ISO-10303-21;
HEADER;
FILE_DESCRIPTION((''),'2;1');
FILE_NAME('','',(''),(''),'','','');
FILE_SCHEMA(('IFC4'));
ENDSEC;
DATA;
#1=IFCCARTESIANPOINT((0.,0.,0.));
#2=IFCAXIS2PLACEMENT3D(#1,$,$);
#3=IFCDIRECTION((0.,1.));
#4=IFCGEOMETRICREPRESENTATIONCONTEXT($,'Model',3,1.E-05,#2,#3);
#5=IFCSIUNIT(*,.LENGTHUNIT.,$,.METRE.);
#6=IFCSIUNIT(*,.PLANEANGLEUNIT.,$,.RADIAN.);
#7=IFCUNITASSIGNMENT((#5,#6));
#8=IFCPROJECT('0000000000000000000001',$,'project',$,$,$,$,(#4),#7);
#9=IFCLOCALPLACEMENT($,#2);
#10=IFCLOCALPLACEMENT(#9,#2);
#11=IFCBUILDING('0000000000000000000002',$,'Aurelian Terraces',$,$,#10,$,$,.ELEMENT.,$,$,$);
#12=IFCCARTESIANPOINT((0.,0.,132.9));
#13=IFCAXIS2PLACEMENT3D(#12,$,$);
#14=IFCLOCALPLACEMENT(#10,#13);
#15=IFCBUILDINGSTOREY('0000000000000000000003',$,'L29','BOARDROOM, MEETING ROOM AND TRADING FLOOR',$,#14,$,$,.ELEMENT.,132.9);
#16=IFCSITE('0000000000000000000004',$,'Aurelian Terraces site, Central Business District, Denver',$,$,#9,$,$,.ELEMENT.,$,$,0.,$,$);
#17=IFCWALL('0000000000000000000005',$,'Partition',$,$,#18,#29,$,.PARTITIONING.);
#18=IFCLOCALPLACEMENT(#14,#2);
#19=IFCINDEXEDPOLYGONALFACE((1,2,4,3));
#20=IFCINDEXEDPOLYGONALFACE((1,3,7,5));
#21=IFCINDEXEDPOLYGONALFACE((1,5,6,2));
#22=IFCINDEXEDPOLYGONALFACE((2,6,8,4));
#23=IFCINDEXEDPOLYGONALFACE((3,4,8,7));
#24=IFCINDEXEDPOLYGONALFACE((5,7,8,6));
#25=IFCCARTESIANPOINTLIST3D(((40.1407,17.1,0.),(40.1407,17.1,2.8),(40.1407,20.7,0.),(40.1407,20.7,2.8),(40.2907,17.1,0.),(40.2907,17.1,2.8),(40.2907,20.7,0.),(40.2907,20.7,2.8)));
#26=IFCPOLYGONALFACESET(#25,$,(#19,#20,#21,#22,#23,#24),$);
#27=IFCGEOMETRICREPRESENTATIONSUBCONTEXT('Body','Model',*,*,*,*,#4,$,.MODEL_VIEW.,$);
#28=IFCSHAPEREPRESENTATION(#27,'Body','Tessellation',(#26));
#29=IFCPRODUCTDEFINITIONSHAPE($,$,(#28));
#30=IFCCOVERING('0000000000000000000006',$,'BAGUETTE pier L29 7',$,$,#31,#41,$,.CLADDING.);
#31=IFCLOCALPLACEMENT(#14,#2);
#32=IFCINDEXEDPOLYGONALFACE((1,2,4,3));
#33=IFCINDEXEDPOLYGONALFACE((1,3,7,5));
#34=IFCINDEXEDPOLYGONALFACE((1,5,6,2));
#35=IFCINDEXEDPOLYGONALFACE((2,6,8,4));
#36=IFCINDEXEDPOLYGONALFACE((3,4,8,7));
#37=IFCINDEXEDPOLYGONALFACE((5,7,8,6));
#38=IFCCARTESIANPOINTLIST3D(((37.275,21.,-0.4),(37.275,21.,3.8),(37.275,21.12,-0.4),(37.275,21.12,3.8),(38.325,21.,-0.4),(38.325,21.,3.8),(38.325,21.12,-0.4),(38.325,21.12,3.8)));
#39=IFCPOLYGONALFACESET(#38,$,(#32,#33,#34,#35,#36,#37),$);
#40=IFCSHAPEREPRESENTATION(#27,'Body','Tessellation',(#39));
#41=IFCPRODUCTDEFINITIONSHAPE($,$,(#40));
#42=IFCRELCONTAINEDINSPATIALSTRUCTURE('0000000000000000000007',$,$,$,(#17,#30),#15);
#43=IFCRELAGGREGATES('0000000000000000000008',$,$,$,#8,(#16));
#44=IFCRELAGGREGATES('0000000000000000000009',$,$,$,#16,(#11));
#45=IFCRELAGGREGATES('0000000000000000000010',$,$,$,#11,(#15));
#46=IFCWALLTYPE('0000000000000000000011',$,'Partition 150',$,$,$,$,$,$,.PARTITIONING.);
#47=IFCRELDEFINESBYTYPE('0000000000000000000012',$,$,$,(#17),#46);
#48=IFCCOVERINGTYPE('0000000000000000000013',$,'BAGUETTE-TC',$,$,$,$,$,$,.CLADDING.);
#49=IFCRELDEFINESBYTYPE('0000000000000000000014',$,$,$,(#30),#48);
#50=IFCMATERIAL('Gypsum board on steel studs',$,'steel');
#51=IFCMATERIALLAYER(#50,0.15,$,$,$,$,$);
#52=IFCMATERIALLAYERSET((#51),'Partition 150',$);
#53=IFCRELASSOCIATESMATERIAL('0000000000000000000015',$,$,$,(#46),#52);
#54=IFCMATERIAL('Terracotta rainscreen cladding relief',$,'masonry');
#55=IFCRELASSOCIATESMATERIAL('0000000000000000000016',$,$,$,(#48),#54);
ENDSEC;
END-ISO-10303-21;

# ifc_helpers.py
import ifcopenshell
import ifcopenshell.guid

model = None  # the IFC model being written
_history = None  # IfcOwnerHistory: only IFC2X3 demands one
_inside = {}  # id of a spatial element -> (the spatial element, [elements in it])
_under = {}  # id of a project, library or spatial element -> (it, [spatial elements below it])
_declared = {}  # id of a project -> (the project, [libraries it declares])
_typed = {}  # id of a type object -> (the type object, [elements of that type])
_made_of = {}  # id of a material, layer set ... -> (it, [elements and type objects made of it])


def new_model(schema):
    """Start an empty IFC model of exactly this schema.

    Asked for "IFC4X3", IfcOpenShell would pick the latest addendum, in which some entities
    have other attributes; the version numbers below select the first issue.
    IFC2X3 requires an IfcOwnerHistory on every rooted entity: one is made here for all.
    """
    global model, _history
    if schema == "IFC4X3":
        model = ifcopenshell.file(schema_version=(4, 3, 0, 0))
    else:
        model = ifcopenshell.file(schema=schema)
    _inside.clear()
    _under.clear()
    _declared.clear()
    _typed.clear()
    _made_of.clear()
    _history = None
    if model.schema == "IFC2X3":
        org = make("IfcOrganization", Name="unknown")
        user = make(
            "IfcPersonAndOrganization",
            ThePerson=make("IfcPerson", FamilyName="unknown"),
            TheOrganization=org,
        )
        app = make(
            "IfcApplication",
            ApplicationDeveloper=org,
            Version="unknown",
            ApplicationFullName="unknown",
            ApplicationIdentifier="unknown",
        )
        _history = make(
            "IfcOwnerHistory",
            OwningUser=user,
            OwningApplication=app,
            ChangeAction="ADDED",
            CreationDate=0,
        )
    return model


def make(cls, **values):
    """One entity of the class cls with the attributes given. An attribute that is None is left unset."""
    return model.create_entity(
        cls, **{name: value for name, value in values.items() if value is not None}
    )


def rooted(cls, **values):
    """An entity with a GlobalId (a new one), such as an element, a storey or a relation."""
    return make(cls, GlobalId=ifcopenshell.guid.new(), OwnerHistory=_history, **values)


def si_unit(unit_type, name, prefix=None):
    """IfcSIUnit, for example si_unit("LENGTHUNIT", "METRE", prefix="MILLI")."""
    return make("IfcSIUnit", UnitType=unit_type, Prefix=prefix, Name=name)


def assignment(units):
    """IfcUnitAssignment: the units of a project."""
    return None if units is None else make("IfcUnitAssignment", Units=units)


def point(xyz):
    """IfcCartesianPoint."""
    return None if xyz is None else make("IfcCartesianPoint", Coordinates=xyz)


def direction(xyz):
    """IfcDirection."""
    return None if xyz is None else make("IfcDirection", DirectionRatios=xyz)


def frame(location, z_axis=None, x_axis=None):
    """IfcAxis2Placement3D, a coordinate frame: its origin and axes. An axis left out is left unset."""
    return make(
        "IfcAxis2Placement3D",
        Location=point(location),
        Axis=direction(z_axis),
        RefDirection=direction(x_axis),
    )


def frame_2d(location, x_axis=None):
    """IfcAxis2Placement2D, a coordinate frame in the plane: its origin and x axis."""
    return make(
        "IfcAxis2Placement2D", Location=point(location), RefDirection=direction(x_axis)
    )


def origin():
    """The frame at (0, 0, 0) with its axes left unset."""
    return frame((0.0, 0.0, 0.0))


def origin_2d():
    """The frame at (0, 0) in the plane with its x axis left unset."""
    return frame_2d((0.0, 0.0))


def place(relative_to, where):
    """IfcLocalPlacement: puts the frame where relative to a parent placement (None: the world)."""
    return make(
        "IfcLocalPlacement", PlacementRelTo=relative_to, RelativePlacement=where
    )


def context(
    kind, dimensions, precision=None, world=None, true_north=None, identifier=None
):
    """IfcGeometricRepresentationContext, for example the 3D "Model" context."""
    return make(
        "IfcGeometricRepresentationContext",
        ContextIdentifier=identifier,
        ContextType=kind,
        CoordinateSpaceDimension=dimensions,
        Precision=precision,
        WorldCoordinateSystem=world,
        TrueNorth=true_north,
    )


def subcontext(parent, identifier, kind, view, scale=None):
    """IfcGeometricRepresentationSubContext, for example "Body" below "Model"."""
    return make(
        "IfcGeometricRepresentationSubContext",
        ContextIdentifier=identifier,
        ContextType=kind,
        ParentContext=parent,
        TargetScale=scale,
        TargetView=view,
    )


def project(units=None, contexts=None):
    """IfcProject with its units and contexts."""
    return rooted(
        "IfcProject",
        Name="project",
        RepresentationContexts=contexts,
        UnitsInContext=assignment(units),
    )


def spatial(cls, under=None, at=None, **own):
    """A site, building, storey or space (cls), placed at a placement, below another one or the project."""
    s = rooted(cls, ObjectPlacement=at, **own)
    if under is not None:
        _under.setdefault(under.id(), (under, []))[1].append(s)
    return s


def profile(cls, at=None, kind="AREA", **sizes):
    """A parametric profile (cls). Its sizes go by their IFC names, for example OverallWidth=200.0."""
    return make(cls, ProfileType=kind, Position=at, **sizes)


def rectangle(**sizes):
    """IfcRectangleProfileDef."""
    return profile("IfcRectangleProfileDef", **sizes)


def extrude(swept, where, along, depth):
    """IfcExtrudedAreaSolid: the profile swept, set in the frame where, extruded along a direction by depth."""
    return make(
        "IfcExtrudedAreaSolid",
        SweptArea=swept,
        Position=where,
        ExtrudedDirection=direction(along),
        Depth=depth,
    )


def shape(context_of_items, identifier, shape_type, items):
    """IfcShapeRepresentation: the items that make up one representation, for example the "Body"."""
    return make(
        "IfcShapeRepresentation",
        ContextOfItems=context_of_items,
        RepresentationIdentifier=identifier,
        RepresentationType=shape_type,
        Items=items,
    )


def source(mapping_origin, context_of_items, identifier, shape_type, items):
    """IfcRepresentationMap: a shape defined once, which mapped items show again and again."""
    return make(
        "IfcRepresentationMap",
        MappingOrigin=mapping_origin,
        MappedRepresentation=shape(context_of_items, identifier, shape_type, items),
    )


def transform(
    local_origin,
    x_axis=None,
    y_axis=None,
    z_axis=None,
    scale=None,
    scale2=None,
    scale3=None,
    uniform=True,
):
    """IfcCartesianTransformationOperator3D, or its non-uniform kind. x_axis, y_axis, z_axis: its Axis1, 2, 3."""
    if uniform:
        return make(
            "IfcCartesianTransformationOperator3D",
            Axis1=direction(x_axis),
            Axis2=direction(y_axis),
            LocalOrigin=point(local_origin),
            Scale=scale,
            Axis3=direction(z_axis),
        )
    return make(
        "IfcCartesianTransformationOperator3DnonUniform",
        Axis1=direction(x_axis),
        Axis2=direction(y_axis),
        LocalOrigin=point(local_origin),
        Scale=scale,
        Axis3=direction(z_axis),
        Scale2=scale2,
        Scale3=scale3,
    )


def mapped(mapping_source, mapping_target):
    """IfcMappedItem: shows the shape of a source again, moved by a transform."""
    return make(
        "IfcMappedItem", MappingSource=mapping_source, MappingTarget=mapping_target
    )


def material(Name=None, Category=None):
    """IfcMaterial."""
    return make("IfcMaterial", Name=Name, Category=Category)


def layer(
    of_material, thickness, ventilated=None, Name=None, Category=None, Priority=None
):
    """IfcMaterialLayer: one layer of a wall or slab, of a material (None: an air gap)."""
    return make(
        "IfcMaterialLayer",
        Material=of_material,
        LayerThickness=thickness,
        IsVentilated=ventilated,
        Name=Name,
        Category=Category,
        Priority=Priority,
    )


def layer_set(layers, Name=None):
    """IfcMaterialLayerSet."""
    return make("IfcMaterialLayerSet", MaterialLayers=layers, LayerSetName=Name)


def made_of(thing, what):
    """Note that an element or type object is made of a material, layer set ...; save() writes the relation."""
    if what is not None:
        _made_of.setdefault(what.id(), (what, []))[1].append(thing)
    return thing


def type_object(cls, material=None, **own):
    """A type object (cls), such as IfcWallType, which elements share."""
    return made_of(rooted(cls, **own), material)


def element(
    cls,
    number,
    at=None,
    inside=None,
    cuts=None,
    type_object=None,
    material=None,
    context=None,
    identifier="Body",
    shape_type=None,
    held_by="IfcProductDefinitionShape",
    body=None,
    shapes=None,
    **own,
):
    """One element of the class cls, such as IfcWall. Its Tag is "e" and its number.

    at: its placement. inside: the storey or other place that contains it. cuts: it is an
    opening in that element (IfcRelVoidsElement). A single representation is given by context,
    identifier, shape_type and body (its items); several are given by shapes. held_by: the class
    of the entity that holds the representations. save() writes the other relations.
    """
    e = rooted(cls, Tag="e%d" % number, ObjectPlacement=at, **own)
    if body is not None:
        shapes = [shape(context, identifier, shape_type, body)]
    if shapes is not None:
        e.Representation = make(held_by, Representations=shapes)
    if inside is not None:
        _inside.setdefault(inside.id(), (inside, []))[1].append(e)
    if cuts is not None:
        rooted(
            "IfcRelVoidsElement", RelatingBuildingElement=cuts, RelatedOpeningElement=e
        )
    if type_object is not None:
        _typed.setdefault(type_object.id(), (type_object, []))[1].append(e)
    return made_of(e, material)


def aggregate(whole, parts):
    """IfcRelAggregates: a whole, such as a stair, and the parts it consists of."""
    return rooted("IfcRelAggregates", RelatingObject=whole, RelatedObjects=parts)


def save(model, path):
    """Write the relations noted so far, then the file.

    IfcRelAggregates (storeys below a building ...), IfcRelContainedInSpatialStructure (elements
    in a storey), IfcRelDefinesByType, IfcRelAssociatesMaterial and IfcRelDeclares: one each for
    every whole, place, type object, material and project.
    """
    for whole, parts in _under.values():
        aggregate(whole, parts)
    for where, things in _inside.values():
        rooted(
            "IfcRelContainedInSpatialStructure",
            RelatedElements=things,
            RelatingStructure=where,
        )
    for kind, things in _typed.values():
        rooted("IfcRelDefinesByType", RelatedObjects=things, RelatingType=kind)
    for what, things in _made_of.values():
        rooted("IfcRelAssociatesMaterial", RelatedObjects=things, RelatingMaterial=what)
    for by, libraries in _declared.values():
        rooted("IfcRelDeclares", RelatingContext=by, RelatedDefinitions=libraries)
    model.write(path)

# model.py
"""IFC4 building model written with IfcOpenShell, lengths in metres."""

from ifc_helpers import new_model, si_unit, direction, frame, frame_2d, origin, origin_2d, place, context, subcontext, project, spatial, rectangle, extrude, source, transform, mapped, material, layer, layer_set, type_object, element, save


model = new_model("IFC4")

# Units and contexts
model_context = context("Model", 3, precision=1e-05, world=origin(), true_north=direction((0.0, 1.0)))
body_context = subcontext(model_context, "Body", "Model", "MODEL_VIEW")
ifc_project = project(units=[si_unit("LENGTHUNIT", "METRE"), si_unit("PLANEANGLEUNIT", "RADIAN")], contexts=[model_context])

# Site, building, storey
site_placement = place(None, origin())
site = spatial("IfcSite", under=ifc_project, at=site_placement, Name="Aurelian Terraces site, Central Business District, Denver", CompositionType="ELEMENT", RefElevation=0.0)
building_placement = place(site_placement, origin())
building = spatial("IfcBuilding", under=site, at=building_placement, Name="Aurelian Terraces", CompositionType="ELEMENT")
storey_placement = place(building_placement, frame((0.0, 0.0, 132.9)))
storey = spatial("IfcBuildingStorey", under=building, at=storey_placement, Name="L29", Description="BOARDROOM, MEETING ROOM AND TRADING FLOOR", CompositionType="ELEMENT", Elevation=132.9)

# Wall
ifc_material_1 = material(Name="Gypsum board on steel studs", Category="steel")
ifc_layer_1 = layer(ifc_material_1, 0.15)
ifc_layer_set_1 = layer_set([ifc_layer_1], Name="Partition 150")
wall_type_1 = type_object("IfcWallType", Name="Partition 150", PredefinedType="PARTITIONING", material=ifc_layer_set_1)
shared_shape_1 = source(origin(), body_context, "Body", "SweptSolid", [
    extrude(rectangle(XDim=3.6, YDim=0.15, at=frame_2d((1.8, 0.0))), origin(), (0.0, 0.0, 1.0), 2.8),
])
for number, where, z_axis, x_axis, name in (
    (1, (40.2157, 20.7, 0.0), (0.0, 0.0, 1.0), (0.0, -1.0, 0.0), "Partition"),
):
    element("IfcWall", number, at=place(storey_placement, frame(where, z_axis=z_axis, x_axis=x_axis)), inside=storey, type_object=wall_type_1, Name=name, PredefinedType="PARTITIONING", context=body_context, shape_type="MappedRepresentation", body=[
        mapped(shared_shape_1, transform((0.0, 0.0, 0.0), scale=1.0)),
    ])

# Covering
ifc_material_2 = material(Name="Terracotta rainscreen cladding relief", Category="masonry")
covering_type = type_object("IfcCoveringType", Name="BAGUETTE-TC", PredefinedType="CLADDING", material=ifc_material_2)
shared_shape_2 = source(origin(), body_context, "Body", "SweptSolid", [
    extrude(rectangle(XDim=1.05, YDim=0.12, at=origin_2d()), origin(), (0.0, 0.0, 1.0), 4.2),
])
covering_placement = place(storey_placement, frame((37.8, 21.06, -0.4), z_axis=(0.0, 0.0, 1.0), x_axis=(1.0, 0.0, 0.0)))
element("IfcCovering", 2, at=covering_placement, inside=storey, type_object=covering_type, Name="BAGUETTE pier L29 7", PredefinedType="CLADDING", context=body_context, shape_type="MappedRepresentation", body=[
    mapped(shared_shape_2, transform((0.0, 0.0, 0.0), scale=1.0)),
])

save(model, "model.ifc")
